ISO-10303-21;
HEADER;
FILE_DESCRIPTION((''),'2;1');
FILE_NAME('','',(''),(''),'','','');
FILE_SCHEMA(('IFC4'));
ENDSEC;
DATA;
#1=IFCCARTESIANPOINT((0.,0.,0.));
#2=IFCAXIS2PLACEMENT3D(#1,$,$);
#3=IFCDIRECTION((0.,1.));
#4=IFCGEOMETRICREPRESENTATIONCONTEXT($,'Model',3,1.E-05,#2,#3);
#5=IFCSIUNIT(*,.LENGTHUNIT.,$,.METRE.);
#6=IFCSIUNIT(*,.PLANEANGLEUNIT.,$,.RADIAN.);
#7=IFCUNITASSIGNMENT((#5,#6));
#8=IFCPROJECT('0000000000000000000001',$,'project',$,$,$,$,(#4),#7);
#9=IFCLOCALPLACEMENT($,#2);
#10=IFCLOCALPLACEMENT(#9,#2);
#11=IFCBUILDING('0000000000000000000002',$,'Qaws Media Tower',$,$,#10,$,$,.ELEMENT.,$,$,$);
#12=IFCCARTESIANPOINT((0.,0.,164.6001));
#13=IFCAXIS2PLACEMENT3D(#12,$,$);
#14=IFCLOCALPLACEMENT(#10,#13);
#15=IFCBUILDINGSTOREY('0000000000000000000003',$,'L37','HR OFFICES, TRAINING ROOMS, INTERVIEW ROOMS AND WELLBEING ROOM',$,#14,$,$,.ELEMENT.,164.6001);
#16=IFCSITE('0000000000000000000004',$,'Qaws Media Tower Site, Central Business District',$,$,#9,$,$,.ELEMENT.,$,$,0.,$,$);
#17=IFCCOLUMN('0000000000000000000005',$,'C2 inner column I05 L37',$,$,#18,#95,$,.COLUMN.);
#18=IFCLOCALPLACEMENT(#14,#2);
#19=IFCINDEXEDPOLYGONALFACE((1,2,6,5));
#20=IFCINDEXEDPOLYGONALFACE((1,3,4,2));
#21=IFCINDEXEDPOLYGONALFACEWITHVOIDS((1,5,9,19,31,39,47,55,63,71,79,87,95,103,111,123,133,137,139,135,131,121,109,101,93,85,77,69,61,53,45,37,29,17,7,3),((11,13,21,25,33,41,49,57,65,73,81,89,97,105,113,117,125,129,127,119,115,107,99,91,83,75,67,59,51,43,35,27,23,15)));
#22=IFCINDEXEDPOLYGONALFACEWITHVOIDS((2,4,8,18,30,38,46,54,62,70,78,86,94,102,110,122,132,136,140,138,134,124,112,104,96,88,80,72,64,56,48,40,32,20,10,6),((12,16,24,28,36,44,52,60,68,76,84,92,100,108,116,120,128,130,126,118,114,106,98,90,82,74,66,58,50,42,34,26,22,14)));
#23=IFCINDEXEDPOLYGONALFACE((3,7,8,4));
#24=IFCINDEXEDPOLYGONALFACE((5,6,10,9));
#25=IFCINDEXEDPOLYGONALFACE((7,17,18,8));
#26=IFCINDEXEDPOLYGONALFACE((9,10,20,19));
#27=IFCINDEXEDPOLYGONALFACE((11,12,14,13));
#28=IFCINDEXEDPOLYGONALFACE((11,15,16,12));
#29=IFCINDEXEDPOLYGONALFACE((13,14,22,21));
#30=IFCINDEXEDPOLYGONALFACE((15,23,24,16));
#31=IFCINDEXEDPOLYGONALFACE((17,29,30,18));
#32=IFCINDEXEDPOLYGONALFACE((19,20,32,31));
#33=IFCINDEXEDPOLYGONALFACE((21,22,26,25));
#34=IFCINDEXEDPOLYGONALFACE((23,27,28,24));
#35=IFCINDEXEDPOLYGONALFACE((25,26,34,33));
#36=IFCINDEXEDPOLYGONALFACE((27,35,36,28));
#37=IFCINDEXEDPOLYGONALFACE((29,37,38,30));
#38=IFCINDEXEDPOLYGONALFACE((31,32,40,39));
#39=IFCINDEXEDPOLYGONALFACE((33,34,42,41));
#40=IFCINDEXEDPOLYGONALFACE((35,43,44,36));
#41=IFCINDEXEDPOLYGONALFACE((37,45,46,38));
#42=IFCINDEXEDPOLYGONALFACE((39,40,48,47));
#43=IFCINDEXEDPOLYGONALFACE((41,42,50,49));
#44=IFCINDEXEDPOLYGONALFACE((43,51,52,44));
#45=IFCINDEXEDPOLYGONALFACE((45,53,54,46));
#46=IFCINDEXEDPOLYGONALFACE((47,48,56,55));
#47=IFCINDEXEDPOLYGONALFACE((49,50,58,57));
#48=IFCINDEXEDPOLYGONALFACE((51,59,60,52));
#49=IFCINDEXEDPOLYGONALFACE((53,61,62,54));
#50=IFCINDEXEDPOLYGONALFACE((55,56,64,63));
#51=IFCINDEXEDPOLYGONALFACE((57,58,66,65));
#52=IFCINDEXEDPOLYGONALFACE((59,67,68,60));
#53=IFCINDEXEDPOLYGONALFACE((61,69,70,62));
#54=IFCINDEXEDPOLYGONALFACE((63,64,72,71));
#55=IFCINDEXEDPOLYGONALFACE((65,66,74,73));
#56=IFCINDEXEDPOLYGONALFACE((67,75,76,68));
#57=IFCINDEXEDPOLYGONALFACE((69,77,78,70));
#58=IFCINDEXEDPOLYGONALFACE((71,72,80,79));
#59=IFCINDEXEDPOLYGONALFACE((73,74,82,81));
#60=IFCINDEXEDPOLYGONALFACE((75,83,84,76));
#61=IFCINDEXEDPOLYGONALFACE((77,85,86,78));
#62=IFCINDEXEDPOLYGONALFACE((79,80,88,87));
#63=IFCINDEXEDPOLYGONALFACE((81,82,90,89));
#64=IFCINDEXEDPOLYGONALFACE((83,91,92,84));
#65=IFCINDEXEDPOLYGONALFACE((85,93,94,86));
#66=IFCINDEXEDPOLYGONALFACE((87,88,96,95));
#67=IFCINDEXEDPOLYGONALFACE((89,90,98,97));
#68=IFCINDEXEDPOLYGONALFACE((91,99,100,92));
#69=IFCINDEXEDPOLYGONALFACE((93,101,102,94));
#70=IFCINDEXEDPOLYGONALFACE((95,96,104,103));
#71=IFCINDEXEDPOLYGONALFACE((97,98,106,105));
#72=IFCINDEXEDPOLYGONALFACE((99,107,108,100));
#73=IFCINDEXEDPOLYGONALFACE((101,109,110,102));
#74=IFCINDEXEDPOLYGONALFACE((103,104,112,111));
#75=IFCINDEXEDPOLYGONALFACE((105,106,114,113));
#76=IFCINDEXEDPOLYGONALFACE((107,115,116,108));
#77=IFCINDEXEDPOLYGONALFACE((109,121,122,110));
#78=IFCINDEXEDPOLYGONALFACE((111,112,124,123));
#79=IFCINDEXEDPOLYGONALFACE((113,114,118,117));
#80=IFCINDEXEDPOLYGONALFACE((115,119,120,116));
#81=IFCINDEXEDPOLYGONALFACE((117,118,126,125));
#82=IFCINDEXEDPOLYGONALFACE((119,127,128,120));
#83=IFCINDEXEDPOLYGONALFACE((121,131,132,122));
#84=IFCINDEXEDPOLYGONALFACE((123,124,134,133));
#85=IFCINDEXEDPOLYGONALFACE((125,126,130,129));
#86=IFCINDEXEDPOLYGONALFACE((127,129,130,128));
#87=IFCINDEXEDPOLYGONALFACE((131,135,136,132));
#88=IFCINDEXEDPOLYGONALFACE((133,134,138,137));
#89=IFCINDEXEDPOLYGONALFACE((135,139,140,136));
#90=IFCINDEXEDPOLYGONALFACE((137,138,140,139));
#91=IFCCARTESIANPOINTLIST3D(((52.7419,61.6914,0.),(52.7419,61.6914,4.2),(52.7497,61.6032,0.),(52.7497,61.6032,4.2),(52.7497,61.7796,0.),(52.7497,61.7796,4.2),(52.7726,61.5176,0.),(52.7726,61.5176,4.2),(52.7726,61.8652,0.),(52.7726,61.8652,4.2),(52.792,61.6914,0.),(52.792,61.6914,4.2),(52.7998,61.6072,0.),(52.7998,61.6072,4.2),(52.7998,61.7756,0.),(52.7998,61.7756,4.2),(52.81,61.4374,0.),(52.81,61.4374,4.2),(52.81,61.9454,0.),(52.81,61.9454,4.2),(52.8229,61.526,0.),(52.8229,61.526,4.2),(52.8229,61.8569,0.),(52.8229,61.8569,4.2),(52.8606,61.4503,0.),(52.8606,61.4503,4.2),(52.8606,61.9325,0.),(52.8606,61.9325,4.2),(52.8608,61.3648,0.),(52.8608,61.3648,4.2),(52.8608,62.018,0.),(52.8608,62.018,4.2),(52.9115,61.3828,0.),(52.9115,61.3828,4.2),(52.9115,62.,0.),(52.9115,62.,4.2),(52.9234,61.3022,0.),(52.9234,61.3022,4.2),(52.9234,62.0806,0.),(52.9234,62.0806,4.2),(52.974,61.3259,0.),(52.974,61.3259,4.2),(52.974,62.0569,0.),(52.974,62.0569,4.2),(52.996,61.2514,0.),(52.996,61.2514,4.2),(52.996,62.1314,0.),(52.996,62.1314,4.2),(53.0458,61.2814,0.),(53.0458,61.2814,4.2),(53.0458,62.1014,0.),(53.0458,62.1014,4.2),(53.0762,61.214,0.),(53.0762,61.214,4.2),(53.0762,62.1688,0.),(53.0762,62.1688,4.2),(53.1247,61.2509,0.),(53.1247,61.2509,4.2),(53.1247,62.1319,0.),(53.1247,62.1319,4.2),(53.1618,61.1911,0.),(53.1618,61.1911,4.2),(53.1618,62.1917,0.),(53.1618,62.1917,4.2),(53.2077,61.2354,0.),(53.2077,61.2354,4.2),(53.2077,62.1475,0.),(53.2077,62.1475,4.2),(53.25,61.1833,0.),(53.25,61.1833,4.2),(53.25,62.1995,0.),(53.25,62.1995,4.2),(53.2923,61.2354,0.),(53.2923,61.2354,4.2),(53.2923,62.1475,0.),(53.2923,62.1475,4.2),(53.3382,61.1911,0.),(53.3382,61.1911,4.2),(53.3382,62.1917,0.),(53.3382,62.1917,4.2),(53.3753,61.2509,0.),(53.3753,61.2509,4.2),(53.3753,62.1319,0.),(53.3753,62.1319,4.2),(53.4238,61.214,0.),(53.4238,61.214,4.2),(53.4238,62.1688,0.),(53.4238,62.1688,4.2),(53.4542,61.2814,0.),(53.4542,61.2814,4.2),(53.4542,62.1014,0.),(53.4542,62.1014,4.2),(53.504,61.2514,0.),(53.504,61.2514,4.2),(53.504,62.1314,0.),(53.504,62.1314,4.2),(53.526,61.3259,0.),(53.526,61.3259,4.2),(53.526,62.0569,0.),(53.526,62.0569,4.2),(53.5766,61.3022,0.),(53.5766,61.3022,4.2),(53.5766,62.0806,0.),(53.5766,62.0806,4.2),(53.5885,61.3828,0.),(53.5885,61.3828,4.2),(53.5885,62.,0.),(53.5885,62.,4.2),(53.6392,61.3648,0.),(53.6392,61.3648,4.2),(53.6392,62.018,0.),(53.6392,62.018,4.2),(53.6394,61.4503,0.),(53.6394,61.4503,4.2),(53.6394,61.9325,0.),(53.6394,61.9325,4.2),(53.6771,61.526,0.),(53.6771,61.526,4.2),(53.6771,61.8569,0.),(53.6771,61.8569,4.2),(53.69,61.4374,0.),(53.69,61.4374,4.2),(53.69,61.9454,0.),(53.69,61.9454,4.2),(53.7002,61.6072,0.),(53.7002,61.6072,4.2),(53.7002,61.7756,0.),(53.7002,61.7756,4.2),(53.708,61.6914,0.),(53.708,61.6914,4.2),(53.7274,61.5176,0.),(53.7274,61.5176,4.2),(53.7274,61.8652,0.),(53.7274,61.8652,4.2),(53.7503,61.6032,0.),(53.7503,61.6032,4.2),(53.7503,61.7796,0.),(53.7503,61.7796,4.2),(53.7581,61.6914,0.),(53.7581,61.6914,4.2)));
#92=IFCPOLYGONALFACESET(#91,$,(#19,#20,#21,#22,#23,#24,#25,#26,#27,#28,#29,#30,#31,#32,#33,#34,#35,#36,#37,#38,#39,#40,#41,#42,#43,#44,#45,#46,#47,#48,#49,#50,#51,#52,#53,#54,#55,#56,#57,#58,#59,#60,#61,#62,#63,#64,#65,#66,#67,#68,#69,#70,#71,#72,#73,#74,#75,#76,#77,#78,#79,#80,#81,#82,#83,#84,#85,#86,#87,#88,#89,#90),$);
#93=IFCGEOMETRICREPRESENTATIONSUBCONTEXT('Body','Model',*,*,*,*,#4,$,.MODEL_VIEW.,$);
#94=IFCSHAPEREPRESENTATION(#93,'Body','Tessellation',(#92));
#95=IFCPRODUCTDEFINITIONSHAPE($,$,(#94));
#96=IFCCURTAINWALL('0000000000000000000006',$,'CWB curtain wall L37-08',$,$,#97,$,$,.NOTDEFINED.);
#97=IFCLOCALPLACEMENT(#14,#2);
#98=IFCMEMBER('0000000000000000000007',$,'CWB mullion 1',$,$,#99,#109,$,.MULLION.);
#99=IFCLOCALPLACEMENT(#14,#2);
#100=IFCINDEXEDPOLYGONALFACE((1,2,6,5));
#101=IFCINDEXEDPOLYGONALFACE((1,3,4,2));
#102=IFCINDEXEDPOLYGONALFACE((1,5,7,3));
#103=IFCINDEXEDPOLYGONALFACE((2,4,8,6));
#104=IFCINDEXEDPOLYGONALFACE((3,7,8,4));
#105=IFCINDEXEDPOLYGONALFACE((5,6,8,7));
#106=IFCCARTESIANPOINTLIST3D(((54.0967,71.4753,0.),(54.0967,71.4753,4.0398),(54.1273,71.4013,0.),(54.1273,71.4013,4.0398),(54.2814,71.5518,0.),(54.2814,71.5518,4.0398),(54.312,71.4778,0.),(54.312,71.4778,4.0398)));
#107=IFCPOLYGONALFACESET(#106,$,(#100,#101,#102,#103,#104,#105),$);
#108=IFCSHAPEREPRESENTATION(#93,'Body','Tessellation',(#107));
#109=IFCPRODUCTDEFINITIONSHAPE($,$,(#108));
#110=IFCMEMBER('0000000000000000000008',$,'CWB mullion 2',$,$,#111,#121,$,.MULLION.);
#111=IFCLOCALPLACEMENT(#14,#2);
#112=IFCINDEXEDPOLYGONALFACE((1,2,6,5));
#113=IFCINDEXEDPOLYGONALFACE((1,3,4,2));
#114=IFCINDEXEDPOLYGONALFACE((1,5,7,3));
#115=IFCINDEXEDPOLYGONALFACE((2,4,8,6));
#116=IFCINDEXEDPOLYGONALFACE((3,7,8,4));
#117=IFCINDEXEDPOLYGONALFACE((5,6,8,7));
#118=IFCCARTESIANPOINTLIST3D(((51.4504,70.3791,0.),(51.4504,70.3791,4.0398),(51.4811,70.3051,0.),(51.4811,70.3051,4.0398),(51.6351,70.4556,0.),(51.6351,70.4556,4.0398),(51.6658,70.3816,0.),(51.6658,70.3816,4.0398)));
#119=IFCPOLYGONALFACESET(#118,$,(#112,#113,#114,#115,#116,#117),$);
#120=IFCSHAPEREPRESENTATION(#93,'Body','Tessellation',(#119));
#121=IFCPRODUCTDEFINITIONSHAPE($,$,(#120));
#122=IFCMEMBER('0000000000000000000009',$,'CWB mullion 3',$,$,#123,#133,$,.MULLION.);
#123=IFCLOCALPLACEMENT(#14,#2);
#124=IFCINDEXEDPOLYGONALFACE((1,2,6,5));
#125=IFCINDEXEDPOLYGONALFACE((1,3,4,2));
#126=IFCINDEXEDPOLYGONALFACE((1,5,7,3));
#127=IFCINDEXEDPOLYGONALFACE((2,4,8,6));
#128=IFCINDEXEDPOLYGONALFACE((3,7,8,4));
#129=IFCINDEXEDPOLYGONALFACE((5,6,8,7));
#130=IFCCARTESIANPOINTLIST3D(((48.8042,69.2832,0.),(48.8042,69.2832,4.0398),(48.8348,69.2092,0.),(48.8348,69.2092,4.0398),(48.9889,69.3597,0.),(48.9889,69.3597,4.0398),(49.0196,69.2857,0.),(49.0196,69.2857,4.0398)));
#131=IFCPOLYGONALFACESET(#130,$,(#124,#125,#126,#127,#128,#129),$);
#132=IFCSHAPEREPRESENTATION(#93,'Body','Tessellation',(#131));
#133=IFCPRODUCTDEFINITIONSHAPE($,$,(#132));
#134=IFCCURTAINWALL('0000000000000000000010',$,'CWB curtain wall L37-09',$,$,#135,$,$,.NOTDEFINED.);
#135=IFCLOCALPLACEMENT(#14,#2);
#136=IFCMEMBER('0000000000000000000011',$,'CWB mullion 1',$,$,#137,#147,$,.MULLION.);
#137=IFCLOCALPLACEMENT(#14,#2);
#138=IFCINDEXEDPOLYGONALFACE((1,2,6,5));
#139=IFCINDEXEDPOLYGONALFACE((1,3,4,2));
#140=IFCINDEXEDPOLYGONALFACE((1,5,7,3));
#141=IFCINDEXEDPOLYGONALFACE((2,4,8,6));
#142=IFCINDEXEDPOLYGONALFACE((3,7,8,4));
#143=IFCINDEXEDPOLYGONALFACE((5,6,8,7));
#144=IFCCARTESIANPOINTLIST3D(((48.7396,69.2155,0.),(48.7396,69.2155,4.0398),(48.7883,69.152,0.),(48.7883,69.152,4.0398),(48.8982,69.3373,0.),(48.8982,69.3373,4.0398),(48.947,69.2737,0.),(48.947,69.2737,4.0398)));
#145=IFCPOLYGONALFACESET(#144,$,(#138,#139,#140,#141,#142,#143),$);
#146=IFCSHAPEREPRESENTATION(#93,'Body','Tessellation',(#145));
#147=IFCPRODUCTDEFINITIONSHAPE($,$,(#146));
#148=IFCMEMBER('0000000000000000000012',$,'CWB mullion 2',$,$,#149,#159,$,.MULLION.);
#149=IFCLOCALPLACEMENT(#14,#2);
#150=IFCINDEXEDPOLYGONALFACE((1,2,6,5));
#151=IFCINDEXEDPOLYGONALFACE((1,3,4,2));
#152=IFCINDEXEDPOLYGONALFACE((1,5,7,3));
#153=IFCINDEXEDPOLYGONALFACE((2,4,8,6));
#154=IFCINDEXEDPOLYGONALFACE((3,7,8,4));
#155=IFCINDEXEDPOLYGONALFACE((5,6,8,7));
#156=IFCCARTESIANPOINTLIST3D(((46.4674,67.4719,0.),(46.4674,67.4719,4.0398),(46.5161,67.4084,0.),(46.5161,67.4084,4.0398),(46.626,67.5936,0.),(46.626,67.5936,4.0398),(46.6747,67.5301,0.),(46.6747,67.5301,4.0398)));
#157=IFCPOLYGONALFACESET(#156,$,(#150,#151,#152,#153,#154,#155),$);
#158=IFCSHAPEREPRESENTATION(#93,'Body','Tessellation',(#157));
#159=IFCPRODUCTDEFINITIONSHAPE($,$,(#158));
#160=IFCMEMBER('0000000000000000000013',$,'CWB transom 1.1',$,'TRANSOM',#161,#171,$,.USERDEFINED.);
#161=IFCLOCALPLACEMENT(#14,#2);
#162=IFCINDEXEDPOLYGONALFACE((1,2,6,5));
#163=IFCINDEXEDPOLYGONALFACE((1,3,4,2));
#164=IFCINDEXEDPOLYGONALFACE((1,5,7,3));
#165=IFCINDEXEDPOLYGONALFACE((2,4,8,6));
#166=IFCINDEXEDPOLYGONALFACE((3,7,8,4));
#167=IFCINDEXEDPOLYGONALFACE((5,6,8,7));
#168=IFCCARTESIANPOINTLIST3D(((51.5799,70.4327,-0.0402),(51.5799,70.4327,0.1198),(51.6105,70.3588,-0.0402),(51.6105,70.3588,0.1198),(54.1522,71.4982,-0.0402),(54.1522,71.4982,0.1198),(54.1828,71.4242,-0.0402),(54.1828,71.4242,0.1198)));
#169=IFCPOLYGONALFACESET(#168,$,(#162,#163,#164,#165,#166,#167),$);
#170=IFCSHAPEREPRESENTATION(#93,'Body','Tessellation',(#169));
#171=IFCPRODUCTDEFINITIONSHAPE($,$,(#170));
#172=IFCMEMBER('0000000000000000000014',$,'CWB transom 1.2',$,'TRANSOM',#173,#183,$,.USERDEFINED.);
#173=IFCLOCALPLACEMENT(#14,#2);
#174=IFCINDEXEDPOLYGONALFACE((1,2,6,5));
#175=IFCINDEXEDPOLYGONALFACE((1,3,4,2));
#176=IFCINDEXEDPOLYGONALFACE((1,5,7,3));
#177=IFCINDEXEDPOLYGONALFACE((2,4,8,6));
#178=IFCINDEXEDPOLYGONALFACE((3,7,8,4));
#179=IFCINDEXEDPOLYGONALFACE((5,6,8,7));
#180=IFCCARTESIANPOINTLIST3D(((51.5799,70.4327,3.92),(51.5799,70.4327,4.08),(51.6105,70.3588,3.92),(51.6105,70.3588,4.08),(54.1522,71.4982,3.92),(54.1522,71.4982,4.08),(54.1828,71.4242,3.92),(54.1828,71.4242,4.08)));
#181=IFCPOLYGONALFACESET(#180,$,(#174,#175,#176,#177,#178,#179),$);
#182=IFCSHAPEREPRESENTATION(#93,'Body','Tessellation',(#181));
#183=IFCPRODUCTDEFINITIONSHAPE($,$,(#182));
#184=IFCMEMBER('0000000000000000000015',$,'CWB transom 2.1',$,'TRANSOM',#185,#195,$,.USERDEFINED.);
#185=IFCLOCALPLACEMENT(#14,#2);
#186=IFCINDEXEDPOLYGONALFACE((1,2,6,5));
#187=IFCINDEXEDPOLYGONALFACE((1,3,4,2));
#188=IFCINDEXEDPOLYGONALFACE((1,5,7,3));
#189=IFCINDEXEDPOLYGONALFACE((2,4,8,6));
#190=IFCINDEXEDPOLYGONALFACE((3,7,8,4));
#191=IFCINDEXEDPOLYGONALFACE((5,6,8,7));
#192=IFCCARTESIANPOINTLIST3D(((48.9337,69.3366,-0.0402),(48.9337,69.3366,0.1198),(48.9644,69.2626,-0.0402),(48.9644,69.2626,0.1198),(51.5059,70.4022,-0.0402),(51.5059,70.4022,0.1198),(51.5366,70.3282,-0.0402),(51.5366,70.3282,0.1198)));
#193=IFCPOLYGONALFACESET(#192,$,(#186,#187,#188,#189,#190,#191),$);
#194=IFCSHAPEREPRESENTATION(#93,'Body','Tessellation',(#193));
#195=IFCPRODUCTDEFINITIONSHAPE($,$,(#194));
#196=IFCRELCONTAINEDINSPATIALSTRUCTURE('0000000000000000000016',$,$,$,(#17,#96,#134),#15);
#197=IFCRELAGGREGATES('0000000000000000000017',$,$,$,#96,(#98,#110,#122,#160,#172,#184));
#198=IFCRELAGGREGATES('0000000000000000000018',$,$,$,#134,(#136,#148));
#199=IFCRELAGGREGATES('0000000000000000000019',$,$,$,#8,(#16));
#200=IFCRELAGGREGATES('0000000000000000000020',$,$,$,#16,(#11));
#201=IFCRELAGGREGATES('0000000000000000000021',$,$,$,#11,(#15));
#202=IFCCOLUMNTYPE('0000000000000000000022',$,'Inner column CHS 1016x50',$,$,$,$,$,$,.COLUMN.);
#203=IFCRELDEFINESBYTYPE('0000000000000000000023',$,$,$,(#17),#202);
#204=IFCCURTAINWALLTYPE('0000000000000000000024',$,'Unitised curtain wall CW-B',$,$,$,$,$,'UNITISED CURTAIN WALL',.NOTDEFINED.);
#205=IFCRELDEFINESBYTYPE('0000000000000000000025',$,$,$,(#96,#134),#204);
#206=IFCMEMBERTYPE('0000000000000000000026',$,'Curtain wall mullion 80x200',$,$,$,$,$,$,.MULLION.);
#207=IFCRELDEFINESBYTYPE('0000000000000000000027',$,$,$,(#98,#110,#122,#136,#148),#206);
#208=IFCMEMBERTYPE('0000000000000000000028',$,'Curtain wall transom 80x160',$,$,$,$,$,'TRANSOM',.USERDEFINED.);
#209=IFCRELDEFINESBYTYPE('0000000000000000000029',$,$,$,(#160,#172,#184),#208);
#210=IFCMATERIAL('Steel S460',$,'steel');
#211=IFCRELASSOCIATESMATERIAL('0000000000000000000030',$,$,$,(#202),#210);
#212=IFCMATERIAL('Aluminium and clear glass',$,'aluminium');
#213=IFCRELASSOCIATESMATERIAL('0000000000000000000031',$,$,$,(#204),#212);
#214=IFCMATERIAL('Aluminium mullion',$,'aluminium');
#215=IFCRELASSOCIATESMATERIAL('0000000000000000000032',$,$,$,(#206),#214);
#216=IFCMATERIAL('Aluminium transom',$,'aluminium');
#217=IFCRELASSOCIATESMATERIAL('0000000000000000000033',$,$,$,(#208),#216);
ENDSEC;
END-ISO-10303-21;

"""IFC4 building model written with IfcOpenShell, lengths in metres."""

from ifc_helpers import new_model, si_unit, direction, frame, origin, origin_2d, place, context, subcontext, project, spatial, rectangle, hollow_circle, extrude, material, material_profile, profile_set, type_object, element, aggregate, save


model = new_model("IFC4")

# Units and contexts
model_context = context("Model", 3, precision=1e-05, world=origin(), true_north=direction((0.0, 1.0)))
body_context = subcontext(model_context, "Body", "Model", "MODEL_VIEW")
ifc_project = project(units=[si_unit("LENGTHUNIT", "METRE"), si_unit("PLANEANGLEUNIT", "RADIAN")], contexts=[model_context])

# Site, building, storey
site_placement = place(None, origin())
site = spatial("IfcSite", under=ifc_project, at=site_placement, Name="Qaws Media Tower Site, Central Business District", CompositionType="ELEMENT", RefElevation=0.0)
building_placement = place(site_placement, origin())
building = spatial("IfcBuilding", under=site, at=building_placement, Name="Qaws Media Tower", CompositionType="ELEMENT")
storey_placement = place(building_placement, frame((0.0, 0.0, 164.6001)))
storey = spatial("IfcBuildingStorey", under=building, at=storey_placement, Name="L37", Description="HR OFFICES, TRAINING ROOMS, INTERVIEW ROOMS AND WELLBEING ROOM", CompositionType="ELEMENT", Elevation=164.6001)

# Column
ifc_material_1 = material(Name="Steel S460", Category="steel")
ifc_material_profile_1 = material_profile(ifc_material_1, hollow_circle(Radius=0.5081, WallThickness=0.05, at=origin_2d()), Name="CHS 1016x50")
ifc_profile_set_1 = profile_set([ifc_material_profile_1], Name="Steel S460")
column_type = type_object("IfcColumnType", Name="Inner column CHS 1016x50", PredefinedType="COLUMN", material=ifc_profile_set_1)
column_placement = place(storey_placement, frame((53.25, 61.6914, 0.0), z_axis=(0.0, 0.0, 1.0), x_axis=(1.0, 0.0, 0.0)))
element("IfcColumn", 1, at=column_placement, inside=storey, type_object=column_type, Name="C2 inner column I05 L37", PredefinedType="COLUMN", context=body_context, shape_type="SweptSolid", body=[
    extrude(hollow_circle(Radius=0.5081, WallThickness=0.05, at=origin_2d()), origin(), (0.0, 0.0, 1.0), 4.2),
])

# Curtain walls, members
ifc_material_2 = material(Name="Aluminium and clear glass", Category="aluminium")
curtain_wall_type = type_object("IfcCurtainWallType", Name="Unitised curtain wall CW-B", ElementType="UNITISED CURTAIN WALL", PredefinedType="NOTDEFINED", material=ifc_material_2)
curtain_wall_1_placement = place(storey_placement, origin())
curtain_wall_1 = element("IfcCurtainWall", 2, at=curtain_wall_1_placement, inside=storey, type_object=curtain_wall_type, Name="CWB curtain wall L37-08", PredefinedType="NOTDEFINED")
ifc_material_3 = material(Name="Aluminium mullion", Category="aluminium")
ifc_material_profile_2 = material_profile(ifc_material_3, rectangle(XDim=0.0801, YDim=0.2, at=origin_2d()), Name="80x200")
ifc_profile_set_2 = profile_set([ifc_material_profile_2], Name="Aluminium mullion")
member_type_1 = type_object("IfcMemberType", Name="Curtain wall mullion 80x200", PredefinedType="MULLION", material=ifc_profile_set_2)
member_1_placement = place(storey_placement, frame((54.2043, 71.4766, 0.0), z_axis=(0.0, 0.0, 1.0), x_axis=(0.382684, -0.923879, 0.0)))
member_1 = element("IfcMember", 3, at=member_1_placement, type_object=member_type_1, Name="CWB mullion 1", PredefinedType="MULLION", context=body_context, shape_type="SweptSolid", body=[
    extrude(rectangle(XDim=0.0801, YDim=0.2, at=origin_2d()), origin(), (0.0, 0.0, 1.0), 4.0398),
])
member_2_placement = place(storey_placement, frame((51.5581, 70.3804, 0.0), z_axis=(0.0, 0.0, 1.0), x_axis=(0.382684, -0.923879, 0.0)))
member_2 = element("IfcMember", 4, at=member_2_placement, type_object=member_type_1, Name="CWB mullion 2", PredefinedType="MULLION", context=body_context, shape_type="SweptSolid", body=[
    extrude(rectangle(XDim=0.0801, YDim=0.2, at=origin_2d()), origin(), (0.0, 0.0, 1.0), 4.0398),
])
member_3_placement = place(storey_placement, frame((48.9119, 69.2844, 0.0), z_axis=(0.0, 0.0, 1.0), x_axis=(0.382684, -0.923879, 0.0)))
member_3 = element("IfcMember", 5, at=member_3_placement, type_object=member_type_1, Name="CWB mullion 3", PredefinedType="MULLION", context=body_context, shape_type="SweptSolid", body=[
    extrude(rectangle(XDim=0.0801, YDim=0.2, at=origin_2d()), origin(), (0.0, 0.0, 1.0), 4.0398),
])
curtain_wall_2_placement = place(storey_placement, origin())
curtain_wall_2 = element("IfcCurtainWall", 6, at=curtain_wall_2_placement, inside=storey, type_object=curtain_wall_type, Name="CWB curtain wall L37-09", PredefinedType="NOTDEFINED")
member_4_placement = place(storey_placement, frame((48.8433, 69.2446, 0.0), z_axis=(0.0, 0.0, 1.0), x_axis=(0.608761, -0.793353, 0.0)))
member_4 = element("IfcMember", 7, at=member_4_placement, type_object=member_type_1, Name="CWB mullion 1", PredefinedType="MULLION", context=body_context, shape_type="SweptSolid", body=[
    extrude(rectangle(XDim=0.0801, YDim=0.2, at=origin_2d()), origin(), (0.0, 0.0, 1.0), 4.0398),
])
member_5_placement = place(storey_placement, frame((46.571, 67.501, 0.0), z_axis=(0.0, 0.0, 1.0), x_axis=(0.608761, -0.793353, 0.0)))
member_5 = element("IfcMember", 8, at=member_5_placement, type_object=member_type_1, Name="CWB mullion 2", PredefinedType="MULLION", context=body_context, shape_type="SweptSolid", body=[
    extrude(rectangle(XDim=0.0801, YDim=0.2, at=origin_2d()), origin(), (0.0, 0.0, 1.0), 4.0398),
])

# Members
ifc_material_4 = material(Name="Aluminium transom", Category="aluminium")
ifc_material_profile_3 = material_profile(ifc_material_4, rectangle(XDim=0.0801, YDim=0.1599, at=origin_2d()), Name="80x160")
ifc_profile_set_3 = profile_set([ifc_material_profile_3], Name="Aluminium transom")
member_type_2 = type_object("IfcMemberType", Name="Curtain wall transom 80x160", ElementType="TRANSOM", PredefinedType="USERDEFINED", material=ifc_profile_set_3)
member_6_placement = place(storey_placement, frame((54.1675, 71.4612, 0.0398), z_axis=(-0.923884, -0.382672, 0.0), x_axis=(0.382672, -0.923884, 0.0)))
member_6 = element("IfcMember", 9, at=member_6_placement, type_object=member_type_2, Name="CWB transom 1.1", ObjectType="TRANSOM", PredefinedType="USERDEFINED", context=body_context, shape_type="SweptSolid", body=[
    extrude(rectangle(XDim=0.0801, YDim=0.1599, at=origin_2d()), origin(), (0.0, 0.0, 1.0), 2.7842),
])
member_7_placement = place(storey_placement, frame((54.1675, 71.4612, 4.0), z_axis=(-0.923884, -0.382672, 0.0), x_axis=(0.382672, -0.923884, 0.0)))
member_7 = element("IfcMember", 10, at=member_7_placement, type_object=member_type_2, Name="CWB transom 1.2", ObjectType="TRANSOM", PredefinedType="USERDEFINED", context=body_context, shape_type="SweptSolid", body=[
    extrude(rectangle(XDim=0.0801, YDim=0.1599, at=origin_2d()), origin(), (0.0, 0.0, 1.0), 2.7842),
])
member_8_placement = place(storey_placement, frame((51.5212, 70.3652, 0.0398), z_axis=(-0.923853, -0.382747, 0.0), x_axis=(0.382747, -0.923853, 0.0)))
member_8 = element("IfcMember", 11, at=member_8_placement, type_object=member_type_2, Name="CWB transom 2.1", ObjectType="TRANSOM", PredefinedType="USERDEFINED", context=body_context, shape_type="SweptSolid", body=[
    extrude(rectangle(XDim=0.0801, YDim=0.1599, at=origin_2d()), origin(), (0.0, 0.0, 1.0), 2.7842),
])

aggregate(curtain_wall_1, [member_1, member_2, member_3, member_6, member_7, member_8])
aggregate(curtain_wall_2, [member_4, member_5])

save(model, "model.ifc")
